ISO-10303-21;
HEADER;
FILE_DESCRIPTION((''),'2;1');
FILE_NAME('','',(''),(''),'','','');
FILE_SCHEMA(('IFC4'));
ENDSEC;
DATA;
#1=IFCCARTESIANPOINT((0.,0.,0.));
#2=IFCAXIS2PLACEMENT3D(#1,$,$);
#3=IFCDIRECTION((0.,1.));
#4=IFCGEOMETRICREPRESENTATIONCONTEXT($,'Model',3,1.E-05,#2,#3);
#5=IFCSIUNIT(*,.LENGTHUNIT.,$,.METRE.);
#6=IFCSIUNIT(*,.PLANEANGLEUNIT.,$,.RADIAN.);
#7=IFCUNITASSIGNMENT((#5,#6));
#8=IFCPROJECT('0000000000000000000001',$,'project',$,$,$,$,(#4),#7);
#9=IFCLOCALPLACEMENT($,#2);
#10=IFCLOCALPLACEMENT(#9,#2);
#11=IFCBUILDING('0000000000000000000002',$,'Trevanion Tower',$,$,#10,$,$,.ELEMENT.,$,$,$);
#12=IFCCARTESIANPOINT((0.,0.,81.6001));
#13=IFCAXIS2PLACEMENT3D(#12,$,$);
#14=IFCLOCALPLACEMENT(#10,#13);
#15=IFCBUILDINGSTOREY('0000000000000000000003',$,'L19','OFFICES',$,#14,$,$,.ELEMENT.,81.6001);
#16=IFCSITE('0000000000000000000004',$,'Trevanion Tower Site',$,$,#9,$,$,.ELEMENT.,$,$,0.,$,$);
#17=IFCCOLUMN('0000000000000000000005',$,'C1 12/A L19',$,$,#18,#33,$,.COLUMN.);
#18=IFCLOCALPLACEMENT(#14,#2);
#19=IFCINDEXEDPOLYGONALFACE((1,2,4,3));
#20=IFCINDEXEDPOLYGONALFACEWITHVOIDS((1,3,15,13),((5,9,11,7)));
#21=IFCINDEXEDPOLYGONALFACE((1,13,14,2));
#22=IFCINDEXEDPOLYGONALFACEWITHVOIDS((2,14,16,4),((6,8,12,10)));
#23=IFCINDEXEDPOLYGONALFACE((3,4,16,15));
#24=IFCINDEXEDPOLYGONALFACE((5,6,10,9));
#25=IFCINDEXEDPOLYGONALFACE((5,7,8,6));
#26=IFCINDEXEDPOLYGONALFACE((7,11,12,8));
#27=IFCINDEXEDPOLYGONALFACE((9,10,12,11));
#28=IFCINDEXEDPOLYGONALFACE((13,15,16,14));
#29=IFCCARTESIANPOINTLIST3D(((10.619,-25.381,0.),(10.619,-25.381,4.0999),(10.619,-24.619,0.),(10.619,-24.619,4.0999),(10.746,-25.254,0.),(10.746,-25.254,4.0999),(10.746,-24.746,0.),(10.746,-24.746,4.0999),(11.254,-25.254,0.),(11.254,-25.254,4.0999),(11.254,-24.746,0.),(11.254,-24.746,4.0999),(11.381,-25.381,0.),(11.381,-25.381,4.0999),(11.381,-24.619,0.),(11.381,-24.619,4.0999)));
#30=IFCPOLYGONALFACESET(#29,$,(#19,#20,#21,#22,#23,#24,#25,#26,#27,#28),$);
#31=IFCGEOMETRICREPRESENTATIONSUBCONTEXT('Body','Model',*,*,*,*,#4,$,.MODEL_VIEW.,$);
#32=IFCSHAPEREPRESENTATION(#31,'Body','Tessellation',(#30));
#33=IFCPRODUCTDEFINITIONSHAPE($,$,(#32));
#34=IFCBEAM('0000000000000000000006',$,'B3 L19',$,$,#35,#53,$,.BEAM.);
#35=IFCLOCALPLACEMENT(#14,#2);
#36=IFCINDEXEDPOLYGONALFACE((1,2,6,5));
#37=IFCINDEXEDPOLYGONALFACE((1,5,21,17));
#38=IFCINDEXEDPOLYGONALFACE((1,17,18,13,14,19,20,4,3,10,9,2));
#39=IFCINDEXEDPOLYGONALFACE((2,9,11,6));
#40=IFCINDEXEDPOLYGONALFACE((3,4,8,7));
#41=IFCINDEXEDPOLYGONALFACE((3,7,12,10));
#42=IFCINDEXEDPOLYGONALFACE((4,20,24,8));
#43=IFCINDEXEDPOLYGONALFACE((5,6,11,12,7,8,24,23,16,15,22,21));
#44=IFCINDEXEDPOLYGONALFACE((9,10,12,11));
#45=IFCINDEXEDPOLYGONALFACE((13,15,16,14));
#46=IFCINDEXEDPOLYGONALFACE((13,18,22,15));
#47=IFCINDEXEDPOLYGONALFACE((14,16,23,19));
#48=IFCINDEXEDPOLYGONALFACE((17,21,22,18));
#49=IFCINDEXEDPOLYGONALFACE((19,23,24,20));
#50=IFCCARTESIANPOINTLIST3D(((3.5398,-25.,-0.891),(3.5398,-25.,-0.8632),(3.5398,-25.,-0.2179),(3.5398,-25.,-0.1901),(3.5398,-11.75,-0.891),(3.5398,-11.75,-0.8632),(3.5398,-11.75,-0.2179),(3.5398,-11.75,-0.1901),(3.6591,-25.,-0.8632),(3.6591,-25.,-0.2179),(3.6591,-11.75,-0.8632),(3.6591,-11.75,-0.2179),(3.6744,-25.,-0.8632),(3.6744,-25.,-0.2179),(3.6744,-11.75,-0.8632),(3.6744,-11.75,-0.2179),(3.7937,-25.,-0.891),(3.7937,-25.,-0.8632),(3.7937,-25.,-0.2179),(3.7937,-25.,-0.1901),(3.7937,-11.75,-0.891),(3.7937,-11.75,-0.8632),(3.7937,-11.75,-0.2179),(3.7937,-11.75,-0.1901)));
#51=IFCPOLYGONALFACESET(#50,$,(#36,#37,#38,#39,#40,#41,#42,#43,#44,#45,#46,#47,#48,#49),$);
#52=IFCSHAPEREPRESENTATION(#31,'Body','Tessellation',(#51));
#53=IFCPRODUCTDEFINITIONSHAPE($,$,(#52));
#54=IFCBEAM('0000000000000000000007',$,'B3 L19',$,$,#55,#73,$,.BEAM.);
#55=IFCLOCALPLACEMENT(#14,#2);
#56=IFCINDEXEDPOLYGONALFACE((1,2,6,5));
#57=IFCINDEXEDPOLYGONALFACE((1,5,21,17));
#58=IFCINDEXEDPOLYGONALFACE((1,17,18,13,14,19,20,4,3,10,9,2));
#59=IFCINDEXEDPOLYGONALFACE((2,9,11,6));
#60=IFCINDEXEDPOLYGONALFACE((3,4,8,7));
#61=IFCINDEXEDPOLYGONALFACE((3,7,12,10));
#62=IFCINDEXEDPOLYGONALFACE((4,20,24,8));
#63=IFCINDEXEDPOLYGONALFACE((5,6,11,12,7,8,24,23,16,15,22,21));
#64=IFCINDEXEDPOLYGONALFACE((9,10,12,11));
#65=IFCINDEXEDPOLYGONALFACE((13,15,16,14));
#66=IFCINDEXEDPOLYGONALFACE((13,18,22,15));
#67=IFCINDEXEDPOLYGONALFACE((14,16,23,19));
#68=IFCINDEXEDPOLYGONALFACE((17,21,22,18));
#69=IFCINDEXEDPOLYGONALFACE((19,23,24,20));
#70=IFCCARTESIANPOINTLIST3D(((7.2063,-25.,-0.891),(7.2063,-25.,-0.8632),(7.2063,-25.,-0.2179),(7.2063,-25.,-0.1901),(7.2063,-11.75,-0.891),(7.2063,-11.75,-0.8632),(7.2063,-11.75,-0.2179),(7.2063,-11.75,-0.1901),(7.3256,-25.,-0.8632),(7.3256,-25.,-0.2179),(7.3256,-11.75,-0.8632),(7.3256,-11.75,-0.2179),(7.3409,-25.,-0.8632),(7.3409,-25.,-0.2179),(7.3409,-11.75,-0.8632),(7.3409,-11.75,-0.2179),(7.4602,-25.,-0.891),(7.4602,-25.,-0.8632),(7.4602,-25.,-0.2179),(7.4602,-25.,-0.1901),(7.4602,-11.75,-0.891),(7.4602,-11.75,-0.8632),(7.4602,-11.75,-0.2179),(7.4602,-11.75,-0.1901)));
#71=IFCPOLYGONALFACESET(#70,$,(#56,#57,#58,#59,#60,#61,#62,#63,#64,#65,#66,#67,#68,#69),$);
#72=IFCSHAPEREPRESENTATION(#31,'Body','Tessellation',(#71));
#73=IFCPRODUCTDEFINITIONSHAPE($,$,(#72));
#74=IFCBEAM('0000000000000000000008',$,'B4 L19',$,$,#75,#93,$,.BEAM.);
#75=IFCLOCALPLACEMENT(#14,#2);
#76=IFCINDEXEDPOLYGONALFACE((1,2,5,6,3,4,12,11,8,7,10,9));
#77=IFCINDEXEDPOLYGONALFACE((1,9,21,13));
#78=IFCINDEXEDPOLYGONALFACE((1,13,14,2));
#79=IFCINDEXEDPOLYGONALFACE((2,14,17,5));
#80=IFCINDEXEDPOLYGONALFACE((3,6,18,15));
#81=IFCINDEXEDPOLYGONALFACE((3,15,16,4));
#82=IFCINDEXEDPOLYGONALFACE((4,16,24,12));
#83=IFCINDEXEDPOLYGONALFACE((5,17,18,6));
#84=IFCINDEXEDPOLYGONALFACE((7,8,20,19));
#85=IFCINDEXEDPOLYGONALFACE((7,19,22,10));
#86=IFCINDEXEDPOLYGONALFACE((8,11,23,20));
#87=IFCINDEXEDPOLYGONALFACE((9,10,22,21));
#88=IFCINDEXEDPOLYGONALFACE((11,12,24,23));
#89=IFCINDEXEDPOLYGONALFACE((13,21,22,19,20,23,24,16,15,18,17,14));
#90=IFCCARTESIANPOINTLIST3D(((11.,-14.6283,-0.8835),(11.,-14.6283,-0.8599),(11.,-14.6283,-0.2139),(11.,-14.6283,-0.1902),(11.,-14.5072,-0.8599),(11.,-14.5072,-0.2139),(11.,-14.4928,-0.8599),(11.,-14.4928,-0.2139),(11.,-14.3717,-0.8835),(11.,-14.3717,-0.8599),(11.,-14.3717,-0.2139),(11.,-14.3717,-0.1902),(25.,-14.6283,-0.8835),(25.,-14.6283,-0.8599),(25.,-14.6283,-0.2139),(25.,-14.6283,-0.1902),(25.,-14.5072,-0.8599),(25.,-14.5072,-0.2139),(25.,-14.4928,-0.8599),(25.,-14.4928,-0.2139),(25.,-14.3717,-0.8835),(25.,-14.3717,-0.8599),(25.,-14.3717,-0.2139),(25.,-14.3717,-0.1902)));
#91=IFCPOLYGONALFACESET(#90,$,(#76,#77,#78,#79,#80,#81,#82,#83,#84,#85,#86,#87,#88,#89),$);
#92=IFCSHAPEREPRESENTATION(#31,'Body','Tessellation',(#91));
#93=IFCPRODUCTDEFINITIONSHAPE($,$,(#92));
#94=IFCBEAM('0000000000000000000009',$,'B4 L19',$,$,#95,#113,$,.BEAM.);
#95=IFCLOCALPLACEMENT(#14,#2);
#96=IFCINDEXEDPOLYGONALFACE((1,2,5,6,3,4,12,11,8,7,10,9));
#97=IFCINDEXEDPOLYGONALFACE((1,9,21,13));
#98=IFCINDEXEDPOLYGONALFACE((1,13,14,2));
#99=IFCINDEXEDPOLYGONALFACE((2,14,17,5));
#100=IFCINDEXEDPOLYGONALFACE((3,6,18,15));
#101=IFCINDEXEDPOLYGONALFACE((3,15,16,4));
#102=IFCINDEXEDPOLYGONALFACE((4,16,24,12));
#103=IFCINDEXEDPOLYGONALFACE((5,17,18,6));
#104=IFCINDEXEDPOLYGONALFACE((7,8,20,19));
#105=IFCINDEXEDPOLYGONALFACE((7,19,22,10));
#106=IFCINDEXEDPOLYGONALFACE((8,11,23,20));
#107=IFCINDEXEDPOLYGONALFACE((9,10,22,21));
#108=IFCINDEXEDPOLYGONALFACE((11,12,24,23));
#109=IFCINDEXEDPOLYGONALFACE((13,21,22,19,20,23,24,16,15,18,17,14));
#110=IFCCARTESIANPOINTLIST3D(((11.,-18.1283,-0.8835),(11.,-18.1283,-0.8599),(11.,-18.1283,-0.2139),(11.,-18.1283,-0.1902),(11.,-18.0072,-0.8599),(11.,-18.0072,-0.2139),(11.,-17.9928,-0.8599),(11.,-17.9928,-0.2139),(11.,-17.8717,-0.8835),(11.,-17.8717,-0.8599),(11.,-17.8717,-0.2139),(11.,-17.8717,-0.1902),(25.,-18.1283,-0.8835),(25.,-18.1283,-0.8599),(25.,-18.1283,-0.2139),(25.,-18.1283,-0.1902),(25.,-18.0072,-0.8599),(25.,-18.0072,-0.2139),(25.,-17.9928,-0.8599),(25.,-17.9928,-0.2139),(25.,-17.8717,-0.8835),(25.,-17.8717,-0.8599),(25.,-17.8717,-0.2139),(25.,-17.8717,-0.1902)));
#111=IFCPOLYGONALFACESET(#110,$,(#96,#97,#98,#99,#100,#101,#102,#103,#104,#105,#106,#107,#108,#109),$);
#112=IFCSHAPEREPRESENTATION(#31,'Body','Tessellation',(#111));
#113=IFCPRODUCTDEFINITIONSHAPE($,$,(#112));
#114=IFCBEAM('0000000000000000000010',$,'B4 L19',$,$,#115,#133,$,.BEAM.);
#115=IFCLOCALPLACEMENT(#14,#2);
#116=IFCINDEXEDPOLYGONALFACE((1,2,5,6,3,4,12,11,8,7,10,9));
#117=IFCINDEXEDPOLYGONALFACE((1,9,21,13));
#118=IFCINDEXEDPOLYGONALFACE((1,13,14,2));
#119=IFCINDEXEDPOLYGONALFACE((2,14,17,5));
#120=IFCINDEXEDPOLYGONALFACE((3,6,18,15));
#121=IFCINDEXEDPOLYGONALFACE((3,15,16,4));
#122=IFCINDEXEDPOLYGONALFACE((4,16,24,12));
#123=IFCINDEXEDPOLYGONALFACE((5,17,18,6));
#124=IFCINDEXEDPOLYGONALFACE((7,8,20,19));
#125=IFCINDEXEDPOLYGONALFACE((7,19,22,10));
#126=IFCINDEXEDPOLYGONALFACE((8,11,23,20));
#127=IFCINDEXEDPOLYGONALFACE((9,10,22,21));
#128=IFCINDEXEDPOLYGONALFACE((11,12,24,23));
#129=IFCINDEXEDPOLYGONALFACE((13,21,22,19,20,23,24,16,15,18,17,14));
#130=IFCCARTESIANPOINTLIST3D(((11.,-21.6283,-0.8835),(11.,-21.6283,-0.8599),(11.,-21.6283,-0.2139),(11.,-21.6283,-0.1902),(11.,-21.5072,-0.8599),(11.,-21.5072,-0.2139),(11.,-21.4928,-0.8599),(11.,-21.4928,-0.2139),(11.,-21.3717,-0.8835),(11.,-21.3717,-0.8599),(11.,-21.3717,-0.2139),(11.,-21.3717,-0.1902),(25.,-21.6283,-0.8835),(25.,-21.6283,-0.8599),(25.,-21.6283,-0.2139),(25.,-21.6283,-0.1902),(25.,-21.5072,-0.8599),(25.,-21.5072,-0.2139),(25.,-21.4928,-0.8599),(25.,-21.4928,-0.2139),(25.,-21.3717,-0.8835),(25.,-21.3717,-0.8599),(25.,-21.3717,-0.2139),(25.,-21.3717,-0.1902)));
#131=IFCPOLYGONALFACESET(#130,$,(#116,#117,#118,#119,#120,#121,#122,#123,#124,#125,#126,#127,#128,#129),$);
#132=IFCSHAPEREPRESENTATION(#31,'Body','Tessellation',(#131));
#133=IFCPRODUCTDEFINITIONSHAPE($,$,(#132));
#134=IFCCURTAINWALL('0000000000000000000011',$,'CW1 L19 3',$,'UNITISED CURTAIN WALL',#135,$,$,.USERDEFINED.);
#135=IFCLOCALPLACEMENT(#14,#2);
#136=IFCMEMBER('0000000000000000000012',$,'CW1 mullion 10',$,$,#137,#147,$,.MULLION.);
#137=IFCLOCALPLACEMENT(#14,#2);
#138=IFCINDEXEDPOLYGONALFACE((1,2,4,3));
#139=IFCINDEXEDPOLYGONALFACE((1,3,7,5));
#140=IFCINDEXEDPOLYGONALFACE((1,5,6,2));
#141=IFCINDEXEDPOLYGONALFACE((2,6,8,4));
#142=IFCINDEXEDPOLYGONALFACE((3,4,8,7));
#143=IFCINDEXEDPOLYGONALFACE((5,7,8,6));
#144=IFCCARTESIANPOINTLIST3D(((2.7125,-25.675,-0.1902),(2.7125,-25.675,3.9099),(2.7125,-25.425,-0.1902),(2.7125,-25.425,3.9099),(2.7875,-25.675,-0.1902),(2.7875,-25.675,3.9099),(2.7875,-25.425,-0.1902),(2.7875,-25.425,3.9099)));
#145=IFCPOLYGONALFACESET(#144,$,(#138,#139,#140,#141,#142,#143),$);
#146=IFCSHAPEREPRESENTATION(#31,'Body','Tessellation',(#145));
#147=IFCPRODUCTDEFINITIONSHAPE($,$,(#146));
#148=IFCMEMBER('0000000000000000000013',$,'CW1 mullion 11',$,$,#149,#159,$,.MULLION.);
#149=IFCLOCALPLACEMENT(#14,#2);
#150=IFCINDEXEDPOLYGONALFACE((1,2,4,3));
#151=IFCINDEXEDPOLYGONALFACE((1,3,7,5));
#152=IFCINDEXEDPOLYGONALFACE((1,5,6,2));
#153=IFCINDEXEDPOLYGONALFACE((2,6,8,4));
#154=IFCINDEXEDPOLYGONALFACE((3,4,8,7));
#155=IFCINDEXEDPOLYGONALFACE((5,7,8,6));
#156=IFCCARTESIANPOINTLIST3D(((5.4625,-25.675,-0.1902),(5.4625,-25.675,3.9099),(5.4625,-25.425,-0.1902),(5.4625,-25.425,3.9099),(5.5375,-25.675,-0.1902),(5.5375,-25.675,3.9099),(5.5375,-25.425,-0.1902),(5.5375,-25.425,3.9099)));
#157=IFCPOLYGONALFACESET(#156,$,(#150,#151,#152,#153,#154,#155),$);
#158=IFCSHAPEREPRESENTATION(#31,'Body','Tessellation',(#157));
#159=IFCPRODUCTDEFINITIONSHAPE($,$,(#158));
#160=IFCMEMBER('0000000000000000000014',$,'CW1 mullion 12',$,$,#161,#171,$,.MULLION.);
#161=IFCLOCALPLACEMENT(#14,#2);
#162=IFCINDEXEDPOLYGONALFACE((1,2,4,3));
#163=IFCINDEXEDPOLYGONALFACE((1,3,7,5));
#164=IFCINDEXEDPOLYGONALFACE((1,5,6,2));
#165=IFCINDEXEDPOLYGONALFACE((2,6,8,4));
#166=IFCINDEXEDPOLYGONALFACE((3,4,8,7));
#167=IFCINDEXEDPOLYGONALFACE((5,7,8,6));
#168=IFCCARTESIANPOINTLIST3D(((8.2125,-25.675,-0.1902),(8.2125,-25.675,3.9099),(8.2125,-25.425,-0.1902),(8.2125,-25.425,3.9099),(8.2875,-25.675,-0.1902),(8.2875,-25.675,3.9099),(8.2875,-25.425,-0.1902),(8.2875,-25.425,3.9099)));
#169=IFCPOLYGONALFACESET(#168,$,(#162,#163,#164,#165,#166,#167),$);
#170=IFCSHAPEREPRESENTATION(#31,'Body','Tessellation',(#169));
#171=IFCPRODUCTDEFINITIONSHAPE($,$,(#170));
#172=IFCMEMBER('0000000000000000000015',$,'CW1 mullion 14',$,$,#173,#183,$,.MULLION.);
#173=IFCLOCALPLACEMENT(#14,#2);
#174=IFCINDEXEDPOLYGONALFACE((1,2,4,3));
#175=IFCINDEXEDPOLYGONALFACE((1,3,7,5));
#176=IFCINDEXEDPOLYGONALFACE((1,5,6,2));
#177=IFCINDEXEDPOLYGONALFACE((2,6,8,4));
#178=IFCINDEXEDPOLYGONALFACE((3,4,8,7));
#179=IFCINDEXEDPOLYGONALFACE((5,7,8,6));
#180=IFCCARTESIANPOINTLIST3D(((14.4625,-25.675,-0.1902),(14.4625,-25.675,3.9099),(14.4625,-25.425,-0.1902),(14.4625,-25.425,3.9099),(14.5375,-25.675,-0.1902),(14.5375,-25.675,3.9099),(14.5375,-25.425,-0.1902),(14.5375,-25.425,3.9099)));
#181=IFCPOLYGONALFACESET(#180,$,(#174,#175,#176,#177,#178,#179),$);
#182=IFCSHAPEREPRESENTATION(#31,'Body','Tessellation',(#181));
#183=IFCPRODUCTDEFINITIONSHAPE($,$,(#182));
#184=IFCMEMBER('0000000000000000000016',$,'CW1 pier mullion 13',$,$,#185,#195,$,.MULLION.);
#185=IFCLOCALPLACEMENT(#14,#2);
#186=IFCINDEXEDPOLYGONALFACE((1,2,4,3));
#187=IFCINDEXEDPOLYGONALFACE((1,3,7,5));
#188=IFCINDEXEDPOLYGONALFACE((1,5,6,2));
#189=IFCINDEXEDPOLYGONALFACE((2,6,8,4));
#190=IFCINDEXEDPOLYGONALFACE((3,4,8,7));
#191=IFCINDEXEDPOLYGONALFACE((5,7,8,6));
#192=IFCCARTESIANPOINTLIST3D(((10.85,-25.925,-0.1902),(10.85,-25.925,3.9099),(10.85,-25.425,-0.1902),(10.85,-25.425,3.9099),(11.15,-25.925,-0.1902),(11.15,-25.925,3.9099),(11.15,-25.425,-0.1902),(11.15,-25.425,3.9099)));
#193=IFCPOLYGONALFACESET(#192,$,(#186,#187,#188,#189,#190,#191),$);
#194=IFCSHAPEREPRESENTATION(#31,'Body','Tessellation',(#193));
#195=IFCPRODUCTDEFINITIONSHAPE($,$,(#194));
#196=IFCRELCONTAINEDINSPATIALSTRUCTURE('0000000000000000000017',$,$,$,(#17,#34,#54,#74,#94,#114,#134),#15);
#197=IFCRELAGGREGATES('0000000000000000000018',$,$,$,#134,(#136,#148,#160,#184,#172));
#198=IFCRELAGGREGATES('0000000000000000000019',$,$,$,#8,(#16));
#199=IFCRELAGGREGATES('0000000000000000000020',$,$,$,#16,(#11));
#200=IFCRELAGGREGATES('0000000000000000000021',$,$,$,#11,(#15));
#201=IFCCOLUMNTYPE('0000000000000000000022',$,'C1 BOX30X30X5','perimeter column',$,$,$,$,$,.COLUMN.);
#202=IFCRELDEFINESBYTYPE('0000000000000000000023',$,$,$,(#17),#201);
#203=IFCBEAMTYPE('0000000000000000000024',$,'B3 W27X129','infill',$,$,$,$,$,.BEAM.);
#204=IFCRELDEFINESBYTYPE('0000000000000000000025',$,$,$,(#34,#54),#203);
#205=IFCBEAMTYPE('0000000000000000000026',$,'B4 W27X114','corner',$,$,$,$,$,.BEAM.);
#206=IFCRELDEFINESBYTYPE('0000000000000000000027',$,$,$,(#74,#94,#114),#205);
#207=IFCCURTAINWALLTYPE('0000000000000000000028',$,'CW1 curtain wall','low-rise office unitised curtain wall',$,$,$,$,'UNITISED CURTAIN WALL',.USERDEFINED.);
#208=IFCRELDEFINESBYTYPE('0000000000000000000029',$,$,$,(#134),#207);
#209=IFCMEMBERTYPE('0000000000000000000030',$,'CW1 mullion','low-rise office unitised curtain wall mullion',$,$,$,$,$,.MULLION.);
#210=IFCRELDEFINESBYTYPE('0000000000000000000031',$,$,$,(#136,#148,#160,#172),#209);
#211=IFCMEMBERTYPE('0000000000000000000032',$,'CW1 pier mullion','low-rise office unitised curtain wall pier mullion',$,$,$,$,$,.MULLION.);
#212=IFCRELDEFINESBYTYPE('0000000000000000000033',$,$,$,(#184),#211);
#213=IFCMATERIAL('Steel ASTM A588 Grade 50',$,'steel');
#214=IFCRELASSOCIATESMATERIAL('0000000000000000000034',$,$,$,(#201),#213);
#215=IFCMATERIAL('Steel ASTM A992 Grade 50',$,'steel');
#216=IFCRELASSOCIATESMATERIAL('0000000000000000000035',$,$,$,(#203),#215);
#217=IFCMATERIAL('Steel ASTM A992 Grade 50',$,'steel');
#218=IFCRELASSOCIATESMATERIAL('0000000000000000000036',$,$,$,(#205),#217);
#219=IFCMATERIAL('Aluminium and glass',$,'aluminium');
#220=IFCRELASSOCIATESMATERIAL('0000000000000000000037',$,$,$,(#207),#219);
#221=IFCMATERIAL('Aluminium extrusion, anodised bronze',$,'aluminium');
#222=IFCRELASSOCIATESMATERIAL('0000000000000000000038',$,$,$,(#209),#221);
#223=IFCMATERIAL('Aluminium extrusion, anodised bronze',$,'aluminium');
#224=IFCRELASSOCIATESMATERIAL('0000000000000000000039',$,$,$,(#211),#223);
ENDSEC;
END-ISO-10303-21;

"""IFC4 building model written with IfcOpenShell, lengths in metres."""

from ifc_helpers import new_model, si_unit, direction, frame, origin, origin_2d, place, context, subcontext, project, spatial, rectangle, hollow_rectangle, i_section, extrude, material, material_profile, profile_set, type_object, element, aggregate, save


model = new_model("IFC4")

# Units and contexts
model_context = context("Model", 3, precision=1e-05, world=origin(), true_north=direction((0.0, 1.0)))
body_context = subcontext(model_context, "Body", "Model", "MODEL_VIEW")
ifc_project = project(units=[si_unit("LENGTHUNIT", "METRE"), si_unit("PLANEANGLEUNIT", "RADIAN")], contexts=[model_context])

# Site, building, storey
site_placement = place(None, origin())
site = spatial("IfcSite", under=ifc_project, at=site_placement, Name="Trevanion Tower Site", CompositionType="ELEMENT", RefElevation=0.0)
building_placement = place(site_placement, origin())
building = spatial("IfcBuilding", under=site, at=building_placement, Name="Trevanion Tower", CompositionType="ELEMENT")
storey_placement = place(building_placement, frame((0.0, 0.0, 81.6001)))
storey = spatial("IfcBuildingStorey", under=building, at=storey_placement, Name="L19", Description="OFFICES", CompositionType="ELEMENT", Elevation=81.6001)

# Column
ifc_material_1 = material(Name="Steel ASTM A588 Grade 50", Category="steel")
ifc_material_profile_1 = material_profile(ifc_material_1, hollow_rectangle(XDim=0.762, YDim=0.762, WallThickness=0.127, at=origin_2d()), Name="BOX30X30X5")
ifc_profile_set_1 = profile_set([ifc_material_profile_1], Name="Steel ASTM A588 Grade 50")
column_type = type_object("IfcColumnType", Name="C1 BOX30X30X5", Description="perimeter column", PredefinedType="COLUMN", material=ifc_profile_set_1)
column_placement = place(storey_placement, frame((11.0, -25.0, 0.0), z_axis=(0.0, 0.0, 1.0), x_axis=(1.0, 0.0, 0.0)))
element("IfcColumn", 1, at=column_placement, inside=storey, type_object=column_type, Name="C1 12/A L19", PredefinedType="COLUMN", context=body_context, shape_type="SweptSolid", body=[
    extrude(hollow_rectangle(XDim=0.762, YDim=0.762, WallThickness=0.127, at=origin_2d()), origin(), (0.0, 0.0, 1.0), 4.0999),
])

# Beams
ifc_material_2 = material(Name="Steel ASTM A992 Grade 50", Category="steel")
ifc_material_profile_2 = material_profile(ifc_material_2, i_section(OverallWidth=0.2539, OverallDepth=0.7009, WebThickness=0.0154, FlangeThickness=0.0278, at=origin_2d()), Name="W27X129")
ifc_profile_set_2 = profile_set([ifc_material_profile_2], Name="Steel ASTM A992 Grade 50")
beam_type_1 = type_object("IfcBeamType", Name="B3 W27X129", Description="infill", PredefinedType="BEAM", material=ifc_profile_set_2)
for number, where, z_axis, x_axis, name in (
    (2, (3.6667, -11.75, -0.5405), (0.0, -1.0, 0.0), (1.0, 0.0, 0.0), "B3 L19"),
    (3, (7.3333, -11.75, -0.5405), (0.0, -1.0, 0.0), (1.0, 0.0, 0.0), "B3 L19"),
):
    element("IfcBeam", number, at=place(storey_placement, frame(where, z_axis=z_axis, x_axis=x_axis)), inside=storey, type_object=beam_type_1, Name=name, PredefinedType="BEAM", context=body_context, shape_type="SweptSolid", body=[
        extrude(i_section(OverallWidth=0.2539, OverallDepth=0.7009, WebThickness=0.0154, FlangeThickness=0.0278, at=origin_2d()), origin(), (0.0, 0.0, 1.0), 13.25),
    ])
ifc_material_3 = material(Name="Steel ASTM A992 Grade 50", Category="steel")
ifc_material_profile_3 = material_profile(ifc_material_3, i_section(OverallWidth=0.2566, OverallDepth=0.6934, WebThickness=0.0144, FlangeThickness=0.0237, at=origin_2d()), Name="W27X114")
ifc_profile_set_3 = profile_set([ifc_material_profile_3], Name="Steel ASTM A992 Grade 50")
beam_type_2 = type_object("IfcBeamType", Name="B4 W27X114", Description="corner", PredefinedType="BEAM", material=ifc_profile_set_3)
for number, where, z_axis, x_axis, name in (
    (4, (11.0, -14.5, -0.5369), (1.0, 0.0, 0.0), (0.0, 1.0, 0.0), "B4 L19"),
    (5, (11.0, -18.0, -0.5369), (1.0, 0.0, 0.0), (0.0, 1.0, 0.0), "B4 L19"),
    (6, (11.0, -21.5, -0.5369), (1.0, 0.0, 0.0), (0.0, 1.0, 0.0), "B4 L19"),
):
    element("IfcBeam", number, at=place(storey_placement, frame(where, z_axis=z_axis, x_axis=x_axis)), inside=storey, type_object=beam_type_2, Name=name, PredefinedType="BEAM", context=body_context, shape_type="SweptSolid", body=[
        extrude(i_section(OverallWidth=0.2566, OverallDepth=0.6934, WebThickness=0.0144, FlangeThickness=0.0237, at=origin_2d()), origin(), (0.0, 0.0, 1.0), 14.0),
    ])

# Curtain wall, members
ifc_material_4 = material(Name="Aluminium and glass", Category="aluminium")
curtain_wall_type = type_object("IfcCurtainWallType", Name="CW1 curtain wall", Description="low-rise office unitised curtain wall", ElementType="UNITISED CURTAIN WALL", PredefinedType="USERDEFINED", material=ifc_material_4)
curtain_wall_placement = place(storey_placement, origin())
curtain_wall = element("IfcCurtainWall", 7, at=curtain_wall_placement, inside=storey, type_object=curtain_wall_type, Name="CW1 L19 3", ObjectType="UNITISED CURTAIN WALL", PredefinedType="USERDEFINED")
ifc_material_5 = material(Name="Aluminium extrusion, anodised bronze", Category="aluminium")
ifc_material_profile_4 = material_profile(ifc_material_5, rectangle(XDim=0.075, YDim=0.25, at=origin_2d()), Name="CW1 mullion")
ifc_profile_set_4 = profile_set([ifc_material_profile_4], Name="Aluminium extrusion, anodised bronze")
member_type_1 = type_object("IfcMemberType", Name="CW1 mullion", Description="low-rise office unitised curtain wall mullion", PredefinedType="MULLION", material=ifc_profile_set_4)
member_1_placement = place(storey_placement, frame((2.75, -25.55, -0.1902), z_axis=(0.0, 0.0, 1.0), x_axis=(1.0, 0.0, 0.0)))
member_1 = element("IfcMember", 8, at=member_1_placement, type_object=member_type_1, Name="CW1 mullion 10", PredefinedType="MULLION", context=body_context, shape_type="SweptSolid", body=[
    extrude(rectangle(XDim=0.075, YDim=0.25, at=origin_2d()), origin(), (0.0, 0.0, 1.0), 4.1001),
])
member_2_placement = place(storey_placement, frame((5.5, -25.55, -0.1902), z_axis=(0.0, 0.0, 1.0), x_axis=(1.0, 0.0, 0.0)))
member_2 = element("IfcMember", 9, at=member_2_placement, type_object=member_type_1, Name="CW1 mullion 11", PredefinedType="MULLION", context=body_context, shape_type="SweptSolid", body=[
    extrude(rectangle(XDim=0.075, YDim=0.25, at=origin_2d()), origin(), (0.0, 0.0, 1.0), 4.1001),
])
member_3_placement = place(storey_placement, frame((8.25, -25.55, -0.1902), z_axis=(0.0, 0.0, 1.0), x_axis=(1.0, 0.0, 0.0)))
member_3 = element("IfcMember", 10, at=member_3_placement, type_object=member_type_1, Name="CW1 mullion 12", PredefinedType="MULLION", context=body_context, shape_type="SweptSolid", body=[
    extrude(rectangle(XDim=0.075, YDim=0.25, at=origin_2d()), origin(), (0.0, 0.0, 1.0), 4.1001),
])
member_4_placement = place(storey_placement, frame((14.5, -25.55, -0.1902), z_axis=(0.0, 0.0, 1.0), x_axis=(1.0, 0.0, 0.0)))
member_4 = element("IfcMember", 11, at=member_4_placement, type_object=member_type_1, Name="CW1 mullion 14", PredefinedType="MULLION", context=body_context, shape_type="SweptSolid", body=[
    extrude(rectangle(XDim=0.075, YDim=0.25, at=origin_2d()), origin(), (0.0, 0.0, 1.0), 4.1001),
])
ifc_material_6 = material(Name="Aluminium extrusion, anodised bronze", Category="aluminium")
ifc_material_profile_5 = material_profile(ifc_material_6, rectangle(XDim=0.3, YDim=0.5, at=origin_2d()), Name="CW1 pier mullion")
ifc_profile_set_5 = profile_set([ifc_material_profile_5], Name="Aluminium extrusion, anodised bronze")
member_type_2 = type_object("IfcMemberType", Name="CW1 pier mullion", Description="low-rise office unitised curtain wall pier mullion", PredefinedType="MULLION", material=ifc_profile_set_5)
member_5_placement = place(storey_placement, frame((11.0, -25.675, -0.1902), z_axis=(0.0, 0.0, 1.0), x_axis=(1.0, 0.0, 0.0)))
member_5 = element("IfcMember", 12, at=member_5_placement, type_object=member_type_2, Name="CW1 pier mullion 13", PredefinedType="MULLION", context=body_context, shape_type="SweptSolid", body=[
    extrude(rectangle(XDim=0.3, YDim=0.5, at=origin_2d()), origin(), (0.0, 0.0, 1.0), 4.1001),
])

aggregate(curtain_wall, [member_1, member_2, member_3, member_5, member_4])

save(model, "model.ifc")
